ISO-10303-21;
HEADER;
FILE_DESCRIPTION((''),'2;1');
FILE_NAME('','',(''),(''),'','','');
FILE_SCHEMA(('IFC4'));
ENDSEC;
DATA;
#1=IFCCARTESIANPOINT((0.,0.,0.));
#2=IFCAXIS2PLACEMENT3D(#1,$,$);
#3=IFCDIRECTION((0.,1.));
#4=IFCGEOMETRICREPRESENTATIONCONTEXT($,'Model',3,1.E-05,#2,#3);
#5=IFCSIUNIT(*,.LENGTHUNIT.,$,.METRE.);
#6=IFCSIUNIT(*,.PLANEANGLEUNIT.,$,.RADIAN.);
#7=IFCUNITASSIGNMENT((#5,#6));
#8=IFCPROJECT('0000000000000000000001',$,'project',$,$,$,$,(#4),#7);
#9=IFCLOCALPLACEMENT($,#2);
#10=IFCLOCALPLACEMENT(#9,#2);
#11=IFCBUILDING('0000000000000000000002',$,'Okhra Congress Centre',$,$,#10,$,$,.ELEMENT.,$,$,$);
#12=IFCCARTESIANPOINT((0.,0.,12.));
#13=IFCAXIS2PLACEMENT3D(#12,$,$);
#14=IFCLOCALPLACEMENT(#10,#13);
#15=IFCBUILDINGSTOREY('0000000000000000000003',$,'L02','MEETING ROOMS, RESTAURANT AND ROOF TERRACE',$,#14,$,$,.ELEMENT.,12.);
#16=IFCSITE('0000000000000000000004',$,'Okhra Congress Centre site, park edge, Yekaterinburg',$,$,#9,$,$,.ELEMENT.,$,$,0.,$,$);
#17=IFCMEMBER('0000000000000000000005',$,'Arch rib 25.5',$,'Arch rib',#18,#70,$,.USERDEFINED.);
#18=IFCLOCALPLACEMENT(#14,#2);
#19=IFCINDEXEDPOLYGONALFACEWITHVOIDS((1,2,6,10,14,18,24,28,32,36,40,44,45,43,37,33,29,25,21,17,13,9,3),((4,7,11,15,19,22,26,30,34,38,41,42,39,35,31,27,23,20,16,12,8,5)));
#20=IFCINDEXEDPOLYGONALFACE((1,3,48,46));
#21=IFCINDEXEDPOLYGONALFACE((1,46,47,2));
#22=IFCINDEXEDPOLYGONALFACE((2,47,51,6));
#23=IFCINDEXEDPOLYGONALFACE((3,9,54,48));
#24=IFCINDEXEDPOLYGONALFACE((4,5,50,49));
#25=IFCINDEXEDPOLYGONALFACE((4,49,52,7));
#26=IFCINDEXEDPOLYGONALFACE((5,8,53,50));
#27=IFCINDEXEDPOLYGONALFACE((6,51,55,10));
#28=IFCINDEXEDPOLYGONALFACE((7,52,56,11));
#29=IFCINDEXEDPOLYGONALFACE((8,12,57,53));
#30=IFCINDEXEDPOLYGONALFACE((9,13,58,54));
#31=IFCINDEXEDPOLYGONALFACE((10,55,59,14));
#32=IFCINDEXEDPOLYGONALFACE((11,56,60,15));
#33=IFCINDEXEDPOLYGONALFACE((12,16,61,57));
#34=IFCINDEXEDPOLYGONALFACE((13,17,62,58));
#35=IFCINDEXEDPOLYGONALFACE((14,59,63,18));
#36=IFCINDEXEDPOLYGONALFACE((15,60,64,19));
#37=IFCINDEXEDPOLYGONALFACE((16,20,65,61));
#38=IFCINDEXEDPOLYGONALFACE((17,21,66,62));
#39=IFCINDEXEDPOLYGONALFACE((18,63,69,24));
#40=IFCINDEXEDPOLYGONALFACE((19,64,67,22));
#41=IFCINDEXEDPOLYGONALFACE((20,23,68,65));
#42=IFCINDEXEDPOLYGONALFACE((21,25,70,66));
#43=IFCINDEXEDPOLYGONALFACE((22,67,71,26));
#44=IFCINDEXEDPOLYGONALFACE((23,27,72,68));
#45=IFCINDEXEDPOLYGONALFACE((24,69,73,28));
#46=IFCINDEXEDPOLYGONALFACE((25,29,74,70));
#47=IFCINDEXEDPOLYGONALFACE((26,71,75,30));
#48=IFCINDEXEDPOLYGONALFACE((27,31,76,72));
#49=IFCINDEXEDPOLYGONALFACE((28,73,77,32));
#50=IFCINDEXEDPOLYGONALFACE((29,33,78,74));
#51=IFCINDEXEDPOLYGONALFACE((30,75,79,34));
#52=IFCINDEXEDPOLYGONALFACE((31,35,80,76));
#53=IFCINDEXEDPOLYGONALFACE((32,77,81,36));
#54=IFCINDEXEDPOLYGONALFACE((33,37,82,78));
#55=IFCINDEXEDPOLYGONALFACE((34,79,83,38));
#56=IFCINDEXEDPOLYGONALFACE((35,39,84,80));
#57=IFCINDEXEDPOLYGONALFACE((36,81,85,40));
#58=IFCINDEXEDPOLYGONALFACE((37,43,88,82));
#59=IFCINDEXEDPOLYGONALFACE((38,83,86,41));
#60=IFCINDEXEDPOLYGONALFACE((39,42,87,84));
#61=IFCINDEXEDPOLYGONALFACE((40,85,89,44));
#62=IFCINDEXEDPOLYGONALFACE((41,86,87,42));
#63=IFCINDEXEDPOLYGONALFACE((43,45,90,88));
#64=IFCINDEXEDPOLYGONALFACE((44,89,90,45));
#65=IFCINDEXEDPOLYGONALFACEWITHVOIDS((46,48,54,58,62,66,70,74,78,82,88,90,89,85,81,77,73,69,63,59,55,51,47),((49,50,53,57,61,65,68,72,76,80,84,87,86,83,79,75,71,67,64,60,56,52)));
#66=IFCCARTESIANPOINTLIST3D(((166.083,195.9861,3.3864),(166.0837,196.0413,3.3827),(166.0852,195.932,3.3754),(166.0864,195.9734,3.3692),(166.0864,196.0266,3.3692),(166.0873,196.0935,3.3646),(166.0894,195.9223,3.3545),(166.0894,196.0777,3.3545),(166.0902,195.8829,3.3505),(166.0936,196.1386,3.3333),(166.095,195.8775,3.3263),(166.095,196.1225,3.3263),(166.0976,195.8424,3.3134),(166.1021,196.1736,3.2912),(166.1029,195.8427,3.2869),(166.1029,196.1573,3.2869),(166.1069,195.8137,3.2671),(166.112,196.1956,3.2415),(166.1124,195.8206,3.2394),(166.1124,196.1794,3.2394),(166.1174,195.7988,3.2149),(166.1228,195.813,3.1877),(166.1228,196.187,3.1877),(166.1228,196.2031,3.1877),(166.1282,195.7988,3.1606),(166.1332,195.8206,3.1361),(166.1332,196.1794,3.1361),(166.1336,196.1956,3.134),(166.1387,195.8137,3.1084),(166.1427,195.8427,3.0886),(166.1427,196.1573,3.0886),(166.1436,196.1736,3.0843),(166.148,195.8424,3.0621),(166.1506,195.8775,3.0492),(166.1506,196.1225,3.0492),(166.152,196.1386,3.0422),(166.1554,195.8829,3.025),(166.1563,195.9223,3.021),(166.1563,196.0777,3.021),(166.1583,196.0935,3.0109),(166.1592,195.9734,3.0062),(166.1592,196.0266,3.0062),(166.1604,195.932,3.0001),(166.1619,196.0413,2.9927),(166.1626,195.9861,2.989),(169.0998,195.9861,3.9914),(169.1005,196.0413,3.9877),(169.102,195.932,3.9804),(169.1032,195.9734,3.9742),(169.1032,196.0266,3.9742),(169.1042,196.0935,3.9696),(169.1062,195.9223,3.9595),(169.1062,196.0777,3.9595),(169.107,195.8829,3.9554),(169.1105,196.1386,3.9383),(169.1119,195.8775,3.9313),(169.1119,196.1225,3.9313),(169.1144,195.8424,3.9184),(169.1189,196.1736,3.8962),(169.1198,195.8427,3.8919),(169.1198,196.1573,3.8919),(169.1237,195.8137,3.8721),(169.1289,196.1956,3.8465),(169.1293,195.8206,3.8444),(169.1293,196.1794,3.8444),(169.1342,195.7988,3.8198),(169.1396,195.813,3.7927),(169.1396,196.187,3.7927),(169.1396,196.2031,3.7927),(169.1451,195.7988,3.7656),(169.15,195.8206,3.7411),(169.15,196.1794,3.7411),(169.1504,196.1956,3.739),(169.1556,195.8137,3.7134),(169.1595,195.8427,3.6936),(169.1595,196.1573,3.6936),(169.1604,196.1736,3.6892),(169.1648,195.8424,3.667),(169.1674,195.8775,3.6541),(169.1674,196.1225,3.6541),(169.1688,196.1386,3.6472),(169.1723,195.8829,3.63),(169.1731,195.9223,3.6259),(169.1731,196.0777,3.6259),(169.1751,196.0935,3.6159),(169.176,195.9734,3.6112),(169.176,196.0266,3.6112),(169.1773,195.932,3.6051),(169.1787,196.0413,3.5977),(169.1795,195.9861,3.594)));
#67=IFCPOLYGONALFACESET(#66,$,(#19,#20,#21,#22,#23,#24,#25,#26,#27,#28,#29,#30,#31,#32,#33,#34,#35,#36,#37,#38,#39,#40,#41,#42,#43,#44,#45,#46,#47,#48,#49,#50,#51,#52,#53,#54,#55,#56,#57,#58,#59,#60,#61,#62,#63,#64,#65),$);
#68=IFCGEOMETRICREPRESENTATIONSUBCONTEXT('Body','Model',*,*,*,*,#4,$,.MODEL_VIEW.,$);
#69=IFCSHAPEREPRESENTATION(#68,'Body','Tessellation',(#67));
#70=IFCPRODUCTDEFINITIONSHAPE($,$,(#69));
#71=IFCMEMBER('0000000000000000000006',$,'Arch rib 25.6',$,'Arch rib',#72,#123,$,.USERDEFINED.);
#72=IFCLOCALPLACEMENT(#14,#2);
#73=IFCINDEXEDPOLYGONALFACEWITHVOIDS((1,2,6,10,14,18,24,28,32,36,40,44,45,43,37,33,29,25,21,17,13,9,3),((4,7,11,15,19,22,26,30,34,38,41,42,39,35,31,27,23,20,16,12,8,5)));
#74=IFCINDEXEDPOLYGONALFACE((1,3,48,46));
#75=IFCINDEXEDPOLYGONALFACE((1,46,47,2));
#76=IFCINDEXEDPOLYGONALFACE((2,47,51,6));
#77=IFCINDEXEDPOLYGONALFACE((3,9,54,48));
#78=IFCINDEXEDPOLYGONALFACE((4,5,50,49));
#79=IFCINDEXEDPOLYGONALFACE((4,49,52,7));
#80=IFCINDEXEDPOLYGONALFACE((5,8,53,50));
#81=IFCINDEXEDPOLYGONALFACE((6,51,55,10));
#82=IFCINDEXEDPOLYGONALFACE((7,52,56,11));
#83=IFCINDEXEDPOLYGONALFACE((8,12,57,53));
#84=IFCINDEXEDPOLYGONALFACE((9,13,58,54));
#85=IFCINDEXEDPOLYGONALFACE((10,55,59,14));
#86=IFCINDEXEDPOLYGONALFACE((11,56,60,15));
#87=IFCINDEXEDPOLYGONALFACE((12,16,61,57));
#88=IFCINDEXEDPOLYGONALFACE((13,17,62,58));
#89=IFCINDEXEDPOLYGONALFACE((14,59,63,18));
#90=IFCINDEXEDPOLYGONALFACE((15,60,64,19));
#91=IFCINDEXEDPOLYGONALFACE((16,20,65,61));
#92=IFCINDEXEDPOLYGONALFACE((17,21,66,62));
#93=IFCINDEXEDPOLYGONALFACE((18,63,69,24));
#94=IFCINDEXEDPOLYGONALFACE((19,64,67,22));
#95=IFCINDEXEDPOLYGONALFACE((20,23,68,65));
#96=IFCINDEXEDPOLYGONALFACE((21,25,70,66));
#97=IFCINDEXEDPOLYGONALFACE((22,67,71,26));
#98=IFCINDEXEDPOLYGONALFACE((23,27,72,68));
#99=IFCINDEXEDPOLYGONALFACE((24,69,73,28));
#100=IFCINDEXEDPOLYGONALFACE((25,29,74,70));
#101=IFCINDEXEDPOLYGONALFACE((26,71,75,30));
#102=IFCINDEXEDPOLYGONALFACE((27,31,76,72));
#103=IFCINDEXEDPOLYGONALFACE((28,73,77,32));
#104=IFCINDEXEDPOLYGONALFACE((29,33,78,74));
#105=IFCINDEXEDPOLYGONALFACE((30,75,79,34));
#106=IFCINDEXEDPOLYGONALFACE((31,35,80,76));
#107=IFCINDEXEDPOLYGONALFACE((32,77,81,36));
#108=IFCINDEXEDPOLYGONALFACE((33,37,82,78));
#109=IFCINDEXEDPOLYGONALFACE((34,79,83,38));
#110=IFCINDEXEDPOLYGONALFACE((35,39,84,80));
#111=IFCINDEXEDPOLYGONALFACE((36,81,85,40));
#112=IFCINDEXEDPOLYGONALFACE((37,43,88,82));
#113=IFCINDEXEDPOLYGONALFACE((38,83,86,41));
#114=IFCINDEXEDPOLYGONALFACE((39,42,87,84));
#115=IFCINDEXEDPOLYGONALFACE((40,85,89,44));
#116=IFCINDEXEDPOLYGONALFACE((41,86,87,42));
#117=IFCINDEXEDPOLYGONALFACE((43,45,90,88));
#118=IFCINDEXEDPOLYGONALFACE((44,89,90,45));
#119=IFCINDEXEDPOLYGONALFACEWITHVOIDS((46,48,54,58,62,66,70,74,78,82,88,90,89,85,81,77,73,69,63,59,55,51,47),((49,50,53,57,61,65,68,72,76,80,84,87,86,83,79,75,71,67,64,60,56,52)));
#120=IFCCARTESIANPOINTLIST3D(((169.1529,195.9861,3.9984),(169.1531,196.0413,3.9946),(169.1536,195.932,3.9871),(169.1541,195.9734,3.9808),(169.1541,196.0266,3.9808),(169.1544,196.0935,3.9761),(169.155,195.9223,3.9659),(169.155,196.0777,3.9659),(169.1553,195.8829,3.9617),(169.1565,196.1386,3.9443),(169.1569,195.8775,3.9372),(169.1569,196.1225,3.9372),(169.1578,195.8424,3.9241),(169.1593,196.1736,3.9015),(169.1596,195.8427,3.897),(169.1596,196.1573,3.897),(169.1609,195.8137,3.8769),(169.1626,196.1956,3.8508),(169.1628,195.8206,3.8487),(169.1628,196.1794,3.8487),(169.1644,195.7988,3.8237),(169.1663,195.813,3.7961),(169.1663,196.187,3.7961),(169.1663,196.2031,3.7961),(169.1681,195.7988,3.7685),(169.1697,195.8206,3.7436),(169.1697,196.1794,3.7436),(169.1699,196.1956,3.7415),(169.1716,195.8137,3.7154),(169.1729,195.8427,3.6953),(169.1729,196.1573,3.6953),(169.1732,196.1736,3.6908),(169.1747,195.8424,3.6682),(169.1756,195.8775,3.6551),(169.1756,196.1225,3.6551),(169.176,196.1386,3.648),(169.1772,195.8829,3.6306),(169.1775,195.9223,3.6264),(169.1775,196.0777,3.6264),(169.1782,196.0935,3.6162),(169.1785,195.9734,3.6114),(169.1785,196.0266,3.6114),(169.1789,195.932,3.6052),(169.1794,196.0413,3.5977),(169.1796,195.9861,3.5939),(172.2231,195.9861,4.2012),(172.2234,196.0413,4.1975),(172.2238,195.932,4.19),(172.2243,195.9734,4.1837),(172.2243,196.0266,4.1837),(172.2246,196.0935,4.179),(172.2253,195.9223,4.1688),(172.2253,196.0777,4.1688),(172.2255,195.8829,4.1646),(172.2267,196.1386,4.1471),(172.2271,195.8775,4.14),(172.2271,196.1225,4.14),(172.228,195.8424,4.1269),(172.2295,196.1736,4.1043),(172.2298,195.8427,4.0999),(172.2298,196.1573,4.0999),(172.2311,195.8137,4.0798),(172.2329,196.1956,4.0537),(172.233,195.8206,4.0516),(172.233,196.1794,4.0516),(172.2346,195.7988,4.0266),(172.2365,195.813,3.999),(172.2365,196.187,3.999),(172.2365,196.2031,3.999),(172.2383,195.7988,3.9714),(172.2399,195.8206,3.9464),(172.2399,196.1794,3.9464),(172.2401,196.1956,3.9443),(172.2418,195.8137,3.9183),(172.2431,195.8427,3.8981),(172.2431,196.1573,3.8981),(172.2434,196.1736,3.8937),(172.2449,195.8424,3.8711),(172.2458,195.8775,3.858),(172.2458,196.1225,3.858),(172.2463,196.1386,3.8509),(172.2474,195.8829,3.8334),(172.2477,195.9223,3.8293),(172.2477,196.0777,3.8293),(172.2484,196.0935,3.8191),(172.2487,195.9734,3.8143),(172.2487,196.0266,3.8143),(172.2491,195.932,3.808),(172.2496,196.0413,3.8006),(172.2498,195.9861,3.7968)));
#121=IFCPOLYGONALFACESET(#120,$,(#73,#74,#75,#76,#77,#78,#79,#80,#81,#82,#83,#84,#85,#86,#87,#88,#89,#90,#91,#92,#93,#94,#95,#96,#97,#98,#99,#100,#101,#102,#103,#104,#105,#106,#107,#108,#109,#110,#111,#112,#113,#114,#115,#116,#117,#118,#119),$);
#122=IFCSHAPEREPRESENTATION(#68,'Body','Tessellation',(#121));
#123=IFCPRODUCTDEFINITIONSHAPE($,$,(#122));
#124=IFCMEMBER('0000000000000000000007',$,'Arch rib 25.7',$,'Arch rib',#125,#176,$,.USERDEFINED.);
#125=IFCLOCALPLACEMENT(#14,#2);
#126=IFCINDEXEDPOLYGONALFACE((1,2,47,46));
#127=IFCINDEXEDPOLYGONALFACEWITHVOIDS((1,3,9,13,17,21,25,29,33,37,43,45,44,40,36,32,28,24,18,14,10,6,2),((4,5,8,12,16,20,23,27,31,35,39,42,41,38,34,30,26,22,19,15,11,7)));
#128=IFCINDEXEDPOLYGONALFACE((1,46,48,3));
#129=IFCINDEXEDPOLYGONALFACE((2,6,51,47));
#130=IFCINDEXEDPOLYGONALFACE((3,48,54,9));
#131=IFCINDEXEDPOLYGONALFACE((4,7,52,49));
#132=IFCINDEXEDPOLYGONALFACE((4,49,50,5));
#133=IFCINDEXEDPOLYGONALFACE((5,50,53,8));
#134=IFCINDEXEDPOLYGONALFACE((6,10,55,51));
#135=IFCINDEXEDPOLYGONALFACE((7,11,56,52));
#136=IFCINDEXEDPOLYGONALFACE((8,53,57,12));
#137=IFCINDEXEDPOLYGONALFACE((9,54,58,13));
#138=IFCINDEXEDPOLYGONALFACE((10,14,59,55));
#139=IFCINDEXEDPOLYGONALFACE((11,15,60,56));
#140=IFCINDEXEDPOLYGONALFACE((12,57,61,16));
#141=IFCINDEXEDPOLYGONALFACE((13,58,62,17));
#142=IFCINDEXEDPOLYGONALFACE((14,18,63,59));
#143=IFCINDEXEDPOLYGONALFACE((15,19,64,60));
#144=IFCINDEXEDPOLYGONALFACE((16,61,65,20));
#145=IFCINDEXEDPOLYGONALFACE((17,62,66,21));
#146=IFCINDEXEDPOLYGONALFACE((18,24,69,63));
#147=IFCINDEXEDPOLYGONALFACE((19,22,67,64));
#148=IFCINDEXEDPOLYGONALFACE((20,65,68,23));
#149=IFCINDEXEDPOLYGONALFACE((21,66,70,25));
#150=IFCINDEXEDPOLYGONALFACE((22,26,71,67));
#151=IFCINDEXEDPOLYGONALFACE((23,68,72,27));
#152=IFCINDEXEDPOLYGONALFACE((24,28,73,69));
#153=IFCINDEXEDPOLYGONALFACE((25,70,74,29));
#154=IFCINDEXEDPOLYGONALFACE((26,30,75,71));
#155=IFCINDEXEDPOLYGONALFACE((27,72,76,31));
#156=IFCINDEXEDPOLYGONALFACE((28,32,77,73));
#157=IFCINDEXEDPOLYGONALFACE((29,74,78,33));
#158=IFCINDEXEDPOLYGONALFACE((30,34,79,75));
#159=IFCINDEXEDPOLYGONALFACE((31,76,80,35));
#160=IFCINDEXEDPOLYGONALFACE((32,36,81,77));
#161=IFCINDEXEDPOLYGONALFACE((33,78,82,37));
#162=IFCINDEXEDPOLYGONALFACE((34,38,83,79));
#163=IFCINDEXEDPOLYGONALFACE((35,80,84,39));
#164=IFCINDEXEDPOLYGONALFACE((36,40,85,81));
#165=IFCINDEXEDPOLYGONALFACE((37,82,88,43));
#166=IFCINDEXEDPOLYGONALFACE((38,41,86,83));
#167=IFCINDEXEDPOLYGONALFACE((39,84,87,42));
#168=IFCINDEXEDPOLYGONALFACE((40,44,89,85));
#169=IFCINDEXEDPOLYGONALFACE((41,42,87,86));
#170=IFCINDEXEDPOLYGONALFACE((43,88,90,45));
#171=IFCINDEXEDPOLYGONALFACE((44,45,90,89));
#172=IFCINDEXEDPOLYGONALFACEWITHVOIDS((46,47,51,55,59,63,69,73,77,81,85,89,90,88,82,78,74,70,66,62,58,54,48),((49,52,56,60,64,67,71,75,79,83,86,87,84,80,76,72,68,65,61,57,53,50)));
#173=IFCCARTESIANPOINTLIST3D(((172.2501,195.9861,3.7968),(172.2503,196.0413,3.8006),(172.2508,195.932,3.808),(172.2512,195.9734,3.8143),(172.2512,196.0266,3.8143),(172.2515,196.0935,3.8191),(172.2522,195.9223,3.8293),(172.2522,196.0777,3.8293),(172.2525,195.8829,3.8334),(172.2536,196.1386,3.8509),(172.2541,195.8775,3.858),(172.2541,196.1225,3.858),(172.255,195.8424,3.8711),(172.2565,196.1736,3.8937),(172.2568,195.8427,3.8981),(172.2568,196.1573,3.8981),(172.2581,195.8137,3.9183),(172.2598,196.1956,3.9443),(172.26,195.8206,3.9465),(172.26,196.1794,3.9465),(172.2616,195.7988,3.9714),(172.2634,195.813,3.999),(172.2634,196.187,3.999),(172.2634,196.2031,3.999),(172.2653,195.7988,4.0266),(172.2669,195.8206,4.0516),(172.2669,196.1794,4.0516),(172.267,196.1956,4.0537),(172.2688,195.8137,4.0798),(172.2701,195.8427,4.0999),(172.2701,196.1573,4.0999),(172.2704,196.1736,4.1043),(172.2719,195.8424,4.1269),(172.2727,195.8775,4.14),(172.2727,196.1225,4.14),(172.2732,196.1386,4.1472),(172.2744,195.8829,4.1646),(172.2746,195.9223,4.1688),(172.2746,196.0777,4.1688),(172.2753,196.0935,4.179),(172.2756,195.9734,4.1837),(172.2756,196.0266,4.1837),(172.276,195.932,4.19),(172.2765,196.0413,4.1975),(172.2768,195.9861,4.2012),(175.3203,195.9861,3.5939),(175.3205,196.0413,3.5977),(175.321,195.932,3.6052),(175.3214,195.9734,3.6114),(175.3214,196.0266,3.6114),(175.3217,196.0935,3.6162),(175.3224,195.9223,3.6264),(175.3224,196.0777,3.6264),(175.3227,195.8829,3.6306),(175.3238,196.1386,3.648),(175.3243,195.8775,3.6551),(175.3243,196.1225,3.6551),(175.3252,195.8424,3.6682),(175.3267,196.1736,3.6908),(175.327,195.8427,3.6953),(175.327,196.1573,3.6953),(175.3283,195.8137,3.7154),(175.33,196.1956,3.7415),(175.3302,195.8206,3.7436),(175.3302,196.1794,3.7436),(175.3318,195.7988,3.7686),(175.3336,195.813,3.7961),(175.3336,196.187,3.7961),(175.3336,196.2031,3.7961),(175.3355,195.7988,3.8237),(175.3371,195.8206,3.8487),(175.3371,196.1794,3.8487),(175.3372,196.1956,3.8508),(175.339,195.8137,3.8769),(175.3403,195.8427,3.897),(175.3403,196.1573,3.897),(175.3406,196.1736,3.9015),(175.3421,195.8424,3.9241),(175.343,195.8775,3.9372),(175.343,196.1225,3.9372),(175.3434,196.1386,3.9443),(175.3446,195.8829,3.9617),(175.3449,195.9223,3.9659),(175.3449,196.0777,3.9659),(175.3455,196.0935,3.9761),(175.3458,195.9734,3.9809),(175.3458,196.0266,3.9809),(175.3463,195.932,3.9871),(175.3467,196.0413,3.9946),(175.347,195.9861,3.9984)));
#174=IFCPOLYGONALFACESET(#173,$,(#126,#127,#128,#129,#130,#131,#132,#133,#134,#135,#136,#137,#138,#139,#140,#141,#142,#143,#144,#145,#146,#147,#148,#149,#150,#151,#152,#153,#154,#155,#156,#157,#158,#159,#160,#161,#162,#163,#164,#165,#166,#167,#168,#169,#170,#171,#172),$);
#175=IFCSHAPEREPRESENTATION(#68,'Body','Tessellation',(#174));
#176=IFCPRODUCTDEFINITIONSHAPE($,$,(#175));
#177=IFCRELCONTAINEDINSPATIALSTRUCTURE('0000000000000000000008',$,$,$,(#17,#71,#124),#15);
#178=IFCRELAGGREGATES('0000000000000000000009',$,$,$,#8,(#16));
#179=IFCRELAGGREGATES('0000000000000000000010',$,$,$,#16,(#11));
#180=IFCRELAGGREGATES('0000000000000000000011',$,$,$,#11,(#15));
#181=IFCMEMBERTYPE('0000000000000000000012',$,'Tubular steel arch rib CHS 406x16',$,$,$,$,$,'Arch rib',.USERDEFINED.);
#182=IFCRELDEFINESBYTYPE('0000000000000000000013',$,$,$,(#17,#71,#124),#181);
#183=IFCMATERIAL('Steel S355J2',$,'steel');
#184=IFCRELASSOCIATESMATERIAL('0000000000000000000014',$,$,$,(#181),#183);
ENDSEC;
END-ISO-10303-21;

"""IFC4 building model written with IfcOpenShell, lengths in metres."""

from ifc_helpers import new_model, si_unit, direction, frame, origin, origin_2d, place, context, subcontext, project, spatial, hollow_circle, extrude, material, material_profile, profile_set, type_object, element, save


model = new_model("IFC4")

# Units and contexts
model_context = context("Model", 3, precision=1e-05, world=origin(), true_north=direction((0.0, 1.0)))
body_context = subcontext(model_context, "Body", "Model", "MODEL_VIEW")
ifc_project = project(units=[si_unit("LENGTHUNIT", "METRE"), si_unit("PLANEANGLEUNIT", "RADIAN")], contexts=[model_context])

# Site, building, storey
site_placement = place(None, origin())
site = spatial("IfcSite", under=ifc_project, at=site_placement, Name="Okhra Congress Centre site, park edge, Yekaterinburg", CompositionType="ELEMENT", RefElevation=0.0)
building_placement = place(site_placement, origin())
building = spatial("IfcBuilding", under=site, at=building_placement, Name="Okhra Congress Centre", CompositionType="ELEMENT")
storey_placement = place(building_placement, frame((0.0, 0.0, 12.0)))
storey = spatial("IfcBuildingStorey", under=building, at=storey_placement, Name="L02", Description="MEETING ROOMS, RESTAURANT AND ROOF TERRACE", CompositionType="ELEMENT", Elevation=12.0)

# Members
ifc_material_1 = material(Name="Steel S355J2", Category="steel")
ifc_material_profile_1 = material_profile(ifc_material_1, hollow_circle(Radius=0.2031, WallThickness=0.0161, at=origin_2d()), Name="CHS 406.4x16")
ifc_profile_set_1 = profile_set([ifc_material_profile_1], Name="Steel S355J2")
member_type_1 = type_object("IfcMemberType", Name="Tubular steel arch rib CHS 406x16", ElementType="Arch rib", PredefinedType="USERDEFINED", material=ifc_profile_set_1)
for number, where, z_axis, x_axis, name in (
    (1, (166.1228, 196.0, 3.1877), (0.98048, 0.0, 0.19662), (0.0, 1.0, 0.0), "Arch rib 25.5"),
    (2, (169.1663, 196.0, 3.7961), (0.997824, 0.0, 0.065934), (0.0, 1.0, 0.0), "Arch rib 25.6"),
    (3, (172.2634, 196.0, 3.999), (0.997824, 0.0, -0.065934), (0.0, 1.0, 0.0), "Arch rib 25.7"),
):
    element("IfcMember", number, at=place(storey_placement, frame(where, z_axis=z_axis, x_axis=x_axis)), inside=storey, type_object=member_type_1, Name=name, ObjectType="Arch rib", PredefinedType="USERDEFINED", context=body_context, shape_type="SweptSolid", body=[
        extrude(hollow_circle(Radius=0.2031, WallThickness=0.0161, at=origin_2d()), origin(), (0.0, 0.0, 1.0), 3.0769),
    ])

save(model, "model.ifc")
